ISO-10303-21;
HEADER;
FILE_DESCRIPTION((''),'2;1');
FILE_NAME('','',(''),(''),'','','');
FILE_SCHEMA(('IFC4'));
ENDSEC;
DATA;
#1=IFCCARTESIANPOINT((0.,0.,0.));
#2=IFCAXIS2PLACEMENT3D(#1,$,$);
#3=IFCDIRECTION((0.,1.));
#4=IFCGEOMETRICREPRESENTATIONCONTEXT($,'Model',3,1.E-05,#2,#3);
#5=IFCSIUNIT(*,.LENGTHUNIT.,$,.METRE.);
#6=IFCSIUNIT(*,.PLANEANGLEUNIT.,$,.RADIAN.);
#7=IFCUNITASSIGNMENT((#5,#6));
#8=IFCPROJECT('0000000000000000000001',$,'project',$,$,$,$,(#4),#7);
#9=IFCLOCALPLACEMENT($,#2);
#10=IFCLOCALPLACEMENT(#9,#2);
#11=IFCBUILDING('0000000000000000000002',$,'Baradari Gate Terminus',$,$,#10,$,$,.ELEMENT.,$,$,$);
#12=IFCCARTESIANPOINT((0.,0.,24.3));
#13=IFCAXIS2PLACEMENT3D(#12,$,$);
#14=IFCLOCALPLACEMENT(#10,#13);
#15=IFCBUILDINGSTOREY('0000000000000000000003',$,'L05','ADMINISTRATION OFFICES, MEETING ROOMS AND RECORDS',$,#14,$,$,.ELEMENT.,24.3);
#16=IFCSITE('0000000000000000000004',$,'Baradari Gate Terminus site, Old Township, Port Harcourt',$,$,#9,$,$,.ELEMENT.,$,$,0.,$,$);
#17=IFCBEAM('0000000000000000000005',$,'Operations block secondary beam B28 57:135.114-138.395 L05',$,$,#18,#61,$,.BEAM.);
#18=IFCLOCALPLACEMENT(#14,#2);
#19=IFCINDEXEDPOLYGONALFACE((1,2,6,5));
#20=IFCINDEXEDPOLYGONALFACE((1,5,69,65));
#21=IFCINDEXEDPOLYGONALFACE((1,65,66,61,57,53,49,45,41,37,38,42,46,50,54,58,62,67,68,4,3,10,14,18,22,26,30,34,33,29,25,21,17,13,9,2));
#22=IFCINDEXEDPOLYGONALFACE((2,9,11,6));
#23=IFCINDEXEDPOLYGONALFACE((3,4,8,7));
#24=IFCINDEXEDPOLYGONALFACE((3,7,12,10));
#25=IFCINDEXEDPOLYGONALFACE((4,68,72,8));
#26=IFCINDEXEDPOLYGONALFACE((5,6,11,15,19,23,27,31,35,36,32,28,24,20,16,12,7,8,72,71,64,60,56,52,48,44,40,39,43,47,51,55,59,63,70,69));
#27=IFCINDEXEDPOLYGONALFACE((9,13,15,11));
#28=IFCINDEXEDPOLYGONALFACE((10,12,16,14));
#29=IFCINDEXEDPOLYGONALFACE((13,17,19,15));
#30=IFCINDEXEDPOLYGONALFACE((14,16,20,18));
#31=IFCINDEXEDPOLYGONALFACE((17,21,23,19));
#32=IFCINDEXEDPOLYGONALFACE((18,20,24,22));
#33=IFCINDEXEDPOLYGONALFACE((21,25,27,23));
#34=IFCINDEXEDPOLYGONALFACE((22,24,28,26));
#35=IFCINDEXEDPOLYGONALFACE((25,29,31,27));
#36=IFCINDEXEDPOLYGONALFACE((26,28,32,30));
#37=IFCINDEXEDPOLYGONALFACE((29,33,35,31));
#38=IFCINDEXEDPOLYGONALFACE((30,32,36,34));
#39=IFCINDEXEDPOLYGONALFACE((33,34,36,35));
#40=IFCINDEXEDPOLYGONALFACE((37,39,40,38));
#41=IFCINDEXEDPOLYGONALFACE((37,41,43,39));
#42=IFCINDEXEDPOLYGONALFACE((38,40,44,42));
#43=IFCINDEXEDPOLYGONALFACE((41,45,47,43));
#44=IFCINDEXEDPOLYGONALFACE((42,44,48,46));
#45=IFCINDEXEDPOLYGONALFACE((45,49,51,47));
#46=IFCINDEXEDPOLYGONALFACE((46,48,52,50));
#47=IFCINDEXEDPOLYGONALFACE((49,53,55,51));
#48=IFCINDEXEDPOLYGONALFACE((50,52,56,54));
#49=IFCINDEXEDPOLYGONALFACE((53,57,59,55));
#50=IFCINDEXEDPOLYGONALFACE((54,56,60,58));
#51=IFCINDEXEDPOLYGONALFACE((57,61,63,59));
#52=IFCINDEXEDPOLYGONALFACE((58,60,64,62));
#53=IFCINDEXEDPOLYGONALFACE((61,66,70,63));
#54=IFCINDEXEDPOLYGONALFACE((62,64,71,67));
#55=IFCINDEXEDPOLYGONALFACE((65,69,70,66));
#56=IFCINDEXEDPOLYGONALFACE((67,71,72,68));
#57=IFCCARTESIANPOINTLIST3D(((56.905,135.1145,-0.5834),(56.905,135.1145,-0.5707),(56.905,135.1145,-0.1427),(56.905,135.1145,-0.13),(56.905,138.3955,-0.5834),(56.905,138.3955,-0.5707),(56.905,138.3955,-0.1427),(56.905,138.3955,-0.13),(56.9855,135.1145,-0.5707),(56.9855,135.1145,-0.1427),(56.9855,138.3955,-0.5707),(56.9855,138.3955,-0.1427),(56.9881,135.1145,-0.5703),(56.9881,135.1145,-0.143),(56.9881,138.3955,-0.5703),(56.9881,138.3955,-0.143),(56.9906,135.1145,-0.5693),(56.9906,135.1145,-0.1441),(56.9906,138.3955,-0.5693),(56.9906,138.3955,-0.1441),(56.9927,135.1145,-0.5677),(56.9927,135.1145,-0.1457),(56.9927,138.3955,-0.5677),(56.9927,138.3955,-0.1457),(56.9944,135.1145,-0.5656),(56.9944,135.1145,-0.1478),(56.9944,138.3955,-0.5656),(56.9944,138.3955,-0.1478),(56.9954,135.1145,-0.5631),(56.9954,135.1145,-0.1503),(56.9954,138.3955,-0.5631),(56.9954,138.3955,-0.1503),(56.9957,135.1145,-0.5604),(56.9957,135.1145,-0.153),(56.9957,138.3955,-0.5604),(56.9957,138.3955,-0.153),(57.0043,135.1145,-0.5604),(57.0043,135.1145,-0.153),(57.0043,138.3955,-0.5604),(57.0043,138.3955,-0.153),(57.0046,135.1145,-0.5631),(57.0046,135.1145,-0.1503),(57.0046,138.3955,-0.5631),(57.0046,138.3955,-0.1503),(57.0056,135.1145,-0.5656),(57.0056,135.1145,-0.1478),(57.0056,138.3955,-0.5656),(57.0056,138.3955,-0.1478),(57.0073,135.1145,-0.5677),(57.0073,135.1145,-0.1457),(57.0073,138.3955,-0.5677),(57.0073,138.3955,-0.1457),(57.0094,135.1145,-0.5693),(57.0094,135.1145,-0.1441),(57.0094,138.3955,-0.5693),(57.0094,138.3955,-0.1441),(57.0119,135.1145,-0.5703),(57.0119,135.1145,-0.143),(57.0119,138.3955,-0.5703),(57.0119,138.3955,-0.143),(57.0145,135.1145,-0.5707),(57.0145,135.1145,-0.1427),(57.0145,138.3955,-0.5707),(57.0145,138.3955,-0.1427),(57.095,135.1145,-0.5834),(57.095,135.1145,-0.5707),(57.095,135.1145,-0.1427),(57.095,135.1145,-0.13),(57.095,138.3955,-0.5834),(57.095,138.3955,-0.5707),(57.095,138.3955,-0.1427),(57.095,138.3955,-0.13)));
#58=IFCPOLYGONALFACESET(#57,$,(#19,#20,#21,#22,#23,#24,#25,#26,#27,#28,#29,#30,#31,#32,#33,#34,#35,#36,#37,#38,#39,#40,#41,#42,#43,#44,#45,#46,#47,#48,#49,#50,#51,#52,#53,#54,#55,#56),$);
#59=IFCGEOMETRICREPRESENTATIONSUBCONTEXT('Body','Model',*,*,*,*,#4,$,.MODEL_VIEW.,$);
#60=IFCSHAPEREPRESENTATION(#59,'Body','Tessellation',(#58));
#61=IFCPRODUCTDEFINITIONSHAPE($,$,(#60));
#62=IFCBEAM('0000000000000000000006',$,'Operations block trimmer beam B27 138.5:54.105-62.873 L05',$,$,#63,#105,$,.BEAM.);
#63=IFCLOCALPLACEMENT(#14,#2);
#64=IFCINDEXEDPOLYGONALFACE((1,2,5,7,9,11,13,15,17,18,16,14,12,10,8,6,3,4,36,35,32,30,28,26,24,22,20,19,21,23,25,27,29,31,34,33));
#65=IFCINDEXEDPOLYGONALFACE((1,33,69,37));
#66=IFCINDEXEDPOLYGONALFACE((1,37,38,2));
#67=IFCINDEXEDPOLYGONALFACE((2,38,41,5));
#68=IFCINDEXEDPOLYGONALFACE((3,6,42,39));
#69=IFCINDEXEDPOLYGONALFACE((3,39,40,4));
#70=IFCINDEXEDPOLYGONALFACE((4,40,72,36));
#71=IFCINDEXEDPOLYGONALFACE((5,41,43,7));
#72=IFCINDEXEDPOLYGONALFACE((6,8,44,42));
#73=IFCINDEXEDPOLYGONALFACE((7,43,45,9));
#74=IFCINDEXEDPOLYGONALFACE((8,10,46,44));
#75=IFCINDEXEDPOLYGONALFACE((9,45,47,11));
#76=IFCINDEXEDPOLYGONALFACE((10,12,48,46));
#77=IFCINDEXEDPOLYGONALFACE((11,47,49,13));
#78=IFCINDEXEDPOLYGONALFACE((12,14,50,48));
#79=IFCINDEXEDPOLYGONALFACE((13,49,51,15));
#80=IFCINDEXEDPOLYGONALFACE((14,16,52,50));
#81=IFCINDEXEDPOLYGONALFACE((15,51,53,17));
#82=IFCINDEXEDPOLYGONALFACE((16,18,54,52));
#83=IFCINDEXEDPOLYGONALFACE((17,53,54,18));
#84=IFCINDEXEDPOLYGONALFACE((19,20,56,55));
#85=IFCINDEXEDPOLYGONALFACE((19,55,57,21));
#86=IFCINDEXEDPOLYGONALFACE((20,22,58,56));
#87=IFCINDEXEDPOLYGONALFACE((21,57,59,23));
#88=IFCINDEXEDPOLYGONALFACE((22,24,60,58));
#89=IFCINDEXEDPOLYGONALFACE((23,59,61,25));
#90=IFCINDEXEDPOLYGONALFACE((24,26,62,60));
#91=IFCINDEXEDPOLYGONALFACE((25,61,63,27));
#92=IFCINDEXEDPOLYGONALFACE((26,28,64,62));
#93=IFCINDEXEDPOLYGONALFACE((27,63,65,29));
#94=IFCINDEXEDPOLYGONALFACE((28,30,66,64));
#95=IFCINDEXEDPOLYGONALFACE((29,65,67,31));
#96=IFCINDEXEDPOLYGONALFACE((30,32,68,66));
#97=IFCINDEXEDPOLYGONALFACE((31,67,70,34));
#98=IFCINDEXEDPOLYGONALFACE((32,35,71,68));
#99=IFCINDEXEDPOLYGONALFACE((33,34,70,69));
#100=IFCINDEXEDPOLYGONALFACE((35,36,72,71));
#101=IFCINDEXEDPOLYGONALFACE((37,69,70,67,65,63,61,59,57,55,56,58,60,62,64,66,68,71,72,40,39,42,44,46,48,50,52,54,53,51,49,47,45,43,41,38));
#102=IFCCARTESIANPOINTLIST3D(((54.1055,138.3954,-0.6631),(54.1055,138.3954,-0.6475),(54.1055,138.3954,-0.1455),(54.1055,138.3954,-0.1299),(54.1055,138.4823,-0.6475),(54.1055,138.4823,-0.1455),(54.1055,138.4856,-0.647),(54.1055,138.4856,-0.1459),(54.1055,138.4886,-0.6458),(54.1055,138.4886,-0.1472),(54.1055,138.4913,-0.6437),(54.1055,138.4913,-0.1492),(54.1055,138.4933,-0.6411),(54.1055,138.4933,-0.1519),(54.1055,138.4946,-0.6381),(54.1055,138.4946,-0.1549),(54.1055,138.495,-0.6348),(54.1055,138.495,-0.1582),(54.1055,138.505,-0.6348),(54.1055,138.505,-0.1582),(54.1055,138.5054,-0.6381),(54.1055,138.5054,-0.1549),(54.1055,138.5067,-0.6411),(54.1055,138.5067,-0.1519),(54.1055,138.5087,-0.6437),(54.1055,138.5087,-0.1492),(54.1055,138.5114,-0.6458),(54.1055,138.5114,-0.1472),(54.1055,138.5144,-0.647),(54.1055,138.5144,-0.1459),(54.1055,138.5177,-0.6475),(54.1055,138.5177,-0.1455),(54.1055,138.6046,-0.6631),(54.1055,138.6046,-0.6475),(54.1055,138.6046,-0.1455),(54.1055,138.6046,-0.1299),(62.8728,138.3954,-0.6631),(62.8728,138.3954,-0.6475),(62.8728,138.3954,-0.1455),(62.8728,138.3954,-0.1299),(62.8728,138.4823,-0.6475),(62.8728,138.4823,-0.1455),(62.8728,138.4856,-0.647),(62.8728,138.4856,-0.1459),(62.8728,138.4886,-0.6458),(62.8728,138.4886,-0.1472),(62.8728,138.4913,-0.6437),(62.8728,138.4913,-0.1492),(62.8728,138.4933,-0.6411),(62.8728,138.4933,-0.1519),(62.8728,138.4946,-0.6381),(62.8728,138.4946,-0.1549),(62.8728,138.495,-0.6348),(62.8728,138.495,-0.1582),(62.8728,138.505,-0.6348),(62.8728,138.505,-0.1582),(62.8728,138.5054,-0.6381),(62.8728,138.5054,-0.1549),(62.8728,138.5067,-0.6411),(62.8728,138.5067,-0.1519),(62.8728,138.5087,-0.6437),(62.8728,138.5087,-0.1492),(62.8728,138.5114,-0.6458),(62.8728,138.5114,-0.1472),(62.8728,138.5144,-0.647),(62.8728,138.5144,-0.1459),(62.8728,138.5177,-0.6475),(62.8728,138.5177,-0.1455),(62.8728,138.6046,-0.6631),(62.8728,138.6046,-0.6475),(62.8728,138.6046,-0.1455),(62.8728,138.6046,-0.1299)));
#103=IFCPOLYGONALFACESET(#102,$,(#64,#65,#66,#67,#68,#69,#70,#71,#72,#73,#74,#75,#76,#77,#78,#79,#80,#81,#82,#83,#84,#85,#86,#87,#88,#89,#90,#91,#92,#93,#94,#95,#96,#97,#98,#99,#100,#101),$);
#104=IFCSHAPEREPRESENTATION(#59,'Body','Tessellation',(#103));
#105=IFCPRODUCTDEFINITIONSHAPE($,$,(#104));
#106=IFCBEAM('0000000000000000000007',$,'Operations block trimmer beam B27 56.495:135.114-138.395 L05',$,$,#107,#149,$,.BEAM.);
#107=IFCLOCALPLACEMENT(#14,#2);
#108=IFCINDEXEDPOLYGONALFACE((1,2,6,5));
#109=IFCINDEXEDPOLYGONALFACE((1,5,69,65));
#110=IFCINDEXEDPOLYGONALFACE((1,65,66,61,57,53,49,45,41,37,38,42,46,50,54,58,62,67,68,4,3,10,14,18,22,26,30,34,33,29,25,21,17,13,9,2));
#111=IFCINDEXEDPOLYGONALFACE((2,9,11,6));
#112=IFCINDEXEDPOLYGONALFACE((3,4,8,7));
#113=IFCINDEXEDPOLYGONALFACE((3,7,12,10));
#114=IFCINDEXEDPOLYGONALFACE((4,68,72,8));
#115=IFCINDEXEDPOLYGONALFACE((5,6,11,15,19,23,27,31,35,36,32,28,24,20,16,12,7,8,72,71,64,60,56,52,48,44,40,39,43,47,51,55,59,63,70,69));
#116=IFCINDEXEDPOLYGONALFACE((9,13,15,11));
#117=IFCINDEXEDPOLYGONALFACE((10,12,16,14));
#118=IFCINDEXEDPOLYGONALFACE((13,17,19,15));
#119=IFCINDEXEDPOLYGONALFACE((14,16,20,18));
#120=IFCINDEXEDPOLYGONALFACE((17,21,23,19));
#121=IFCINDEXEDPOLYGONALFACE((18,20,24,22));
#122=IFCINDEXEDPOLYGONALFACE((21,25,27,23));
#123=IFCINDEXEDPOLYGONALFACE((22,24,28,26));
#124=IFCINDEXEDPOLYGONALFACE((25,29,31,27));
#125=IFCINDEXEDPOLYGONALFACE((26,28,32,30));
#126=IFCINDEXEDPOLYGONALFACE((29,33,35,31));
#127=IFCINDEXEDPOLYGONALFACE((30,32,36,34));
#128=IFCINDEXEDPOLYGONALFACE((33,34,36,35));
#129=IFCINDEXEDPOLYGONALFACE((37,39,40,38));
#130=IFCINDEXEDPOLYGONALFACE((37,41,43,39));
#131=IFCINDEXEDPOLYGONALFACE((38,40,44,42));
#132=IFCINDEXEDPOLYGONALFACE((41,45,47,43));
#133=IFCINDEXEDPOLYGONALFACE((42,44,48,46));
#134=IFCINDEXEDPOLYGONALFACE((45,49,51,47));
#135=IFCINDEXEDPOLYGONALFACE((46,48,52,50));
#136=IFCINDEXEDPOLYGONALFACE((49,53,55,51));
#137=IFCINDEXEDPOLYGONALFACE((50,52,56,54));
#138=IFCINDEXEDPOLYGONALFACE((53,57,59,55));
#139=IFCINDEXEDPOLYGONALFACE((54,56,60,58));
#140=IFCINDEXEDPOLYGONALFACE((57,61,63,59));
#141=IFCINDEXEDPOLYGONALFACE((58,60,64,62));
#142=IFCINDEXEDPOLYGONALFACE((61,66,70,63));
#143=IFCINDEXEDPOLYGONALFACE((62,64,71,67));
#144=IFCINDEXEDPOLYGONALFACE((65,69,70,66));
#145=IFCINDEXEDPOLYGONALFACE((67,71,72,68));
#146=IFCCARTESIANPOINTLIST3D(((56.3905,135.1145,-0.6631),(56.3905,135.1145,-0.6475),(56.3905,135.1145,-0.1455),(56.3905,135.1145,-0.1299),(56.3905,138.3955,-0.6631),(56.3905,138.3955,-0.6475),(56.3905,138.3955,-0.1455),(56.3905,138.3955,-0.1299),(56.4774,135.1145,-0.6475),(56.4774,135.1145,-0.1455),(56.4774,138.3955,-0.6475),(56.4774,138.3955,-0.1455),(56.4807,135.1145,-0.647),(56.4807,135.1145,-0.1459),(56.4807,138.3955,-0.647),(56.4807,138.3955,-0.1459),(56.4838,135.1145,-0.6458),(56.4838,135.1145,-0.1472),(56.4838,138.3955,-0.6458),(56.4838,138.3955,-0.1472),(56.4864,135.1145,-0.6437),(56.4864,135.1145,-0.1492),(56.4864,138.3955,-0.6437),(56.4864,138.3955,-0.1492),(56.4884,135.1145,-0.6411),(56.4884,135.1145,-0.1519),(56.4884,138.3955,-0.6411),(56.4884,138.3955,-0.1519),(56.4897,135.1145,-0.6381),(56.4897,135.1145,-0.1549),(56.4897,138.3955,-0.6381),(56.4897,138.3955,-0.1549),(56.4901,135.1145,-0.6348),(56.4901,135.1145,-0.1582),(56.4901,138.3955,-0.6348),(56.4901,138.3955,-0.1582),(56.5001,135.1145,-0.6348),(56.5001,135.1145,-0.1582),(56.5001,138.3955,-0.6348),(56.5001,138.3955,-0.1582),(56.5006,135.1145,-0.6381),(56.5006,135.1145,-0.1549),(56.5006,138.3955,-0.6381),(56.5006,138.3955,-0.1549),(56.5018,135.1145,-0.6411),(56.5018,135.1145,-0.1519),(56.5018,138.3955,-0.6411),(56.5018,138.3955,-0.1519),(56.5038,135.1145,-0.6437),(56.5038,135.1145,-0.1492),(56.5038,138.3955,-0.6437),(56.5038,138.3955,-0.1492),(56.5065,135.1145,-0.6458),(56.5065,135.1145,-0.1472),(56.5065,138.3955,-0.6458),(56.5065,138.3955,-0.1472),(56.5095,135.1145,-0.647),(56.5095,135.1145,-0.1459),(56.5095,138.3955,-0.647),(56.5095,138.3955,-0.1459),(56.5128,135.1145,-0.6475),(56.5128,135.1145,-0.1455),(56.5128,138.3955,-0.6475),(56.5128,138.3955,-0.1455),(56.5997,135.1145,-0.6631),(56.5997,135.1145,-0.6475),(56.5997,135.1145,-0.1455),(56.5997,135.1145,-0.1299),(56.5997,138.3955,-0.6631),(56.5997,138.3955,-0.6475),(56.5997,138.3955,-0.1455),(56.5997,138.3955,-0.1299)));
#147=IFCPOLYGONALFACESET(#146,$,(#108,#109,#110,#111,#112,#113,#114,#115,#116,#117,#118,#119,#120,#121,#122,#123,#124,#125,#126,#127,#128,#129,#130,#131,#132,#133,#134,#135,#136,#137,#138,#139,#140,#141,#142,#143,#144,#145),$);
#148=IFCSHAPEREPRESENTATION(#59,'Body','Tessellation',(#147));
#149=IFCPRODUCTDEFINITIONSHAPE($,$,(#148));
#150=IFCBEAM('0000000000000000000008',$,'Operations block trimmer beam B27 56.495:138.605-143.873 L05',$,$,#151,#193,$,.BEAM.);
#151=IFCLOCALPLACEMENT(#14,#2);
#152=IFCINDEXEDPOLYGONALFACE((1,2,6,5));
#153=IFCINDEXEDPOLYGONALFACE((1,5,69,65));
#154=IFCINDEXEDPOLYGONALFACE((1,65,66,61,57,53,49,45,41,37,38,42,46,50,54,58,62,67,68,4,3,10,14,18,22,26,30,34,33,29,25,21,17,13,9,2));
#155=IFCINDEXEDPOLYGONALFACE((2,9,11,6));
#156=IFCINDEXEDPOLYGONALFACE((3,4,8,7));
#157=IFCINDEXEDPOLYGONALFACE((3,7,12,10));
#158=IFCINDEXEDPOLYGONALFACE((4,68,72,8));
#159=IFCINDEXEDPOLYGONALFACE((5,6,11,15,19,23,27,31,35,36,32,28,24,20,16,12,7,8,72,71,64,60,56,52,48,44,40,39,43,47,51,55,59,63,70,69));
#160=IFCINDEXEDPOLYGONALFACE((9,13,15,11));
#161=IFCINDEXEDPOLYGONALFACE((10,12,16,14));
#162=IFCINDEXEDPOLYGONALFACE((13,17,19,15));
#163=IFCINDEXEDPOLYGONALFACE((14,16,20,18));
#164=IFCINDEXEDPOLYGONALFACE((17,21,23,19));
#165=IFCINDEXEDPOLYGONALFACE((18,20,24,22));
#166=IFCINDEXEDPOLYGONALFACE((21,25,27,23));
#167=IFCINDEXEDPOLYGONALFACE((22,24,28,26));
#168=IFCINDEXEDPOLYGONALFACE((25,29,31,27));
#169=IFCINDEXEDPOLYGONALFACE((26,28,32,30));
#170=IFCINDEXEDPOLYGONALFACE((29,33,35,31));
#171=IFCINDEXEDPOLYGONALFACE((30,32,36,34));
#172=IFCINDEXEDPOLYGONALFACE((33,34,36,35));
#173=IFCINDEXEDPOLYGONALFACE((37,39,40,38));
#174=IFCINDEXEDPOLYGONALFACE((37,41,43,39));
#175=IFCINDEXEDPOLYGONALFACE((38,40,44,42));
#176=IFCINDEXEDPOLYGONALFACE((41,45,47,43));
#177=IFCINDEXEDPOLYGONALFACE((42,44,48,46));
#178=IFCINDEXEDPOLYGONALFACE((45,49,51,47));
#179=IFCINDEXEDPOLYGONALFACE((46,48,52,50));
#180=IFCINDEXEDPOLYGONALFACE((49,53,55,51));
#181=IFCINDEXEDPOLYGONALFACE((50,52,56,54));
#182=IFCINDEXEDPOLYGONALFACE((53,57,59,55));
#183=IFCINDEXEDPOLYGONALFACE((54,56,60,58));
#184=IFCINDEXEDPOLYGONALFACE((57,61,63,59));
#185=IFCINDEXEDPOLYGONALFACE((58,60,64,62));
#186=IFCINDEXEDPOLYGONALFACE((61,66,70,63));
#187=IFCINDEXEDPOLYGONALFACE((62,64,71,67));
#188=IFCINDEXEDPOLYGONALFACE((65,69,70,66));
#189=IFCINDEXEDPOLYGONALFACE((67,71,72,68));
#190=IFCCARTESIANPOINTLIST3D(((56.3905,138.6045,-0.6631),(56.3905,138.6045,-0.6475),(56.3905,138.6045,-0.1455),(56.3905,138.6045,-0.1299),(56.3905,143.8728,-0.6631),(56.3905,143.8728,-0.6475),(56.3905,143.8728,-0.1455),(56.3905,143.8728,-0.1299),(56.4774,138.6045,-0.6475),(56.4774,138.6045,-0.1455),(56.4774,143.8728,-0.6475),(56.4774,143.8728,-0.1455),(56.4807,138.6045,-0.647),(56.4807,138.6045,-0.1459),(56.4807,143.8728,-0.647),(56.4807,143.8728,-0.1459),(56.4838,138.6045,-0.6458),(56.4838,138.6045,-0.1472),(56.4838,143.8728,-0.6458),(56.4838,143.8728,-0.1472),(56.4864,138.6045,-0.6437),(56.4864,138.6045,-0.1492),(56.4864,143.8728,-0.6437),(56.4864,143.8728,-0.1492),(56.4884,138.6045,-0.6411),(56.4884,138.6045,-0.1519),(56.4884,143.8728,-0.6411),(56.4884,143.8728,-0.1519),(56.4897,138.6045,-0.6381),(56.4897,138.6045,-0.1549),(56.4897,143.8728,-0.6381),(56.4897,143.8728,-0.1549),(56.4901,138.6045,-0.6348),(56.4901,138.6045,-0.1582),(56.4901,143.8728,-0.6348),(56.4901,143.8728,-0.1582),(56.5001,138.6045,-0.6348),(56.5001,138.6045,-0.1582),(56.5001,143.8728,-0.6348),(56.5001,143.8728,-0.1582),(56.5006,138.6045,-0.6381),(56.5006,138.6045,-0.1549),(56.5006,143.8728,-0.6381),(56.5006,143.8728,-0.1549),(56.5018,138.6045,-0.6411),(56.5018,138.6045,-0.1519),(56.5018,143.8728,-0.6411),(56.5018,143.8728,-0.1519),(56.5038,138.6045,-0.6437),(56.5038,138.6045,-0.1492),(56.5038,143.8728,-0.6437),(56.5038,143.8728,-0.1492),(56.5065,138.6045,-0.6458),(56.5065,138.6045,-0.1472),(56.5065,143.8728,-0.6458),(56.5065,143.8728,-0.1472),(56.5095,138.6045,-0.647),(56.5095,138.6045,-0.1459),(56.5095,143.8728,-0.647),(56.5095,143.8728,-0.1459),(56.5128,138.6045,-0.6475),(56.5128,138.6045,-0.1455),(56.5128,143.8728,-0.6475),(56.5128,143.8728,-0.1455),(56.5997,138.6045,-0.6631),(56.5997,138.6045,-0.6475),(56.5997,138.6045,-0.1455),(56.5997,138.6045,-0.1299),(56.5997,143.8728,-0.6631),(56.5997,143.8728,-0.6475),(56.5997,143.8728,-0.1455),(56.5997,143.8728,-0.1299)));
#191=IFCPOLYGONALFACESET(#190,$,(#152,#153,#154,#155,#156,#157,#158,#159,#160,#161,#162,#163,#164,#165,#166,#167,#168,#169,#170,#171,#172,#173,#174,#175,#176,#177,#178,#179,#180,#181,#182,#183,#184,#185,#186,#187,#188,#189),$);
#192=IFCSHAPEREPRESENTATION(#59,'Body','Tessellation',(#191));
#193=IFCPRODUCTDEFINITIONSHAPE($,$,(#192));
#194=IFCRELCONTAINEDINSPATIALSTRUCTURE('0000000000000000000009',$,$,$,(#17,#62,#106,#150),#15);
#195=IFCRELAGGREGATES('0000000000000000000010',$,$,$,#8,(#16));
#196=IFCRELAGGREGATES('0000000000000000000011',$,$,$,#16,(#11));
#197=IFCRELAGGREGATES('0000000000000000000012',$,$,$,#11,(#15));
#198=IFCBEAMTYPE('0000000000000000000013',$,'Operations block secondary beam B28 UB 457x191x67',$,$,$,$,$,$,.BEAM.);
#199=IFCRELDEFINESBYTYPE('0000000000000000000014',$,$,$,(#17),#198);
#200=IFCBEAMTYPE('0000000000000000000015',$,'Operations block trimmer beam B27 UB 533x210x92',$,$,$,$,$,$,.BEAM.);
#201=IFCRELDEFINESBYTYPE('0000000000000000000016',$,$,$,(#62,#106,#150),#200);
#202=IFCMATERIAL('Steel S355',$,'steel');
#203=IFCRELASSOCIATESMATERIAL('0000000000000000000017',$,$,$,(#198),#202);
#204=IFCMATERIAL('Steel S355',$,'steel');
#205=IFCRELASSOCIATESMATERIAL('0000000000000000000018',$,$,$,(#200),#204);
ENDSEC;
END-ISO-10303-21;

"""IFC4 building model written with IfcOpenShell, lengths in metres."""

from ifc_helpers import new_model, si_unit, direction, frame, origin, origin_2d, place, context, subcontext, project, spatial, i_section, extrude, material, material_profile, profile_set, type_object, element, save


model = new_model("IFC4")

# Units and contexts
model_context = context("Model", 3, precision=1e-05, world=origin(), true_north=direction((0.0, 1.0)))
body_context = subcontext(model_context, "Body", "Model", "MODEL_VIEW")
ifc_project = project(units=[si_unit("LENGTHUNIT", "METRE"), si_unit("PLANEANGLEUNIT", "RADIAN")], contexts=[model_context])

# Site, building, storey
site_placement = place(None, origin())
site = spatial("IfcSite", under=ifc_project, at=site_placement, Name="Baradari Gate Terminus site, Old Township, Port Harcourt", CompositionType="ELEMENT", RefElevation=0.0)
building_placement = place(site_placement, origin())
building = spatial("IfcBuilding", under=site, at=building_placement, Name="Baradari Gate Terminus", CompositionType="ELEMENT")
storey_placement = place(building_placement, frame((0.0, 0.0, 24.3)))
storey = spatial("IfcBuildingStorey", under=building, at=storey_placement, Name="L05", Description="ADMINISTRATION OFFICES, MEETING ROOMS AND RECORDS", CompositionType="ELEMENT", Elevation=24.3)

# Beams
ifc_material_1 = material(Name="Steel S355", Category="steel")
ifc_material_profile_1 = material_profile(ifc_material_1, i_section(OverallWidth=0.1899, OverallDepth=0.4534, WebThickness=0.0085, FlangeThickness=0.0127, FilletRadius=0.0103, at=origin_2d()), Name="UB 457x191x67")
ifc_profile_set_1 = profile_set([ifc_material_profile_1], Name="Steel S355")
beam_type_1 = type_object("IfcBeamType", Name="Operations block secondary beam B28 UB 457x191x67", PredefinedType="BEAM", material=ifc_profile_set_1)
beam_1_placement = place(storey_placement, frame((57.0, 135.1145, -0.3567), z_axis=(0.0, 1.0, 0.0), x_axis=(-1.0, 0.0, 0.0)))
element("IfcBeam", 1, at=beam_1_placement, inside=storey, type_object=beam_type_1, Name="Operations block secondary beam B28 57:135.114-138.395 L05", PredefinedType="BEAM", context=body_context, shape_type="SweptSolid", body=[
    extrude(i_section(OverallWidth=0.1899, OverallDepth=0.4534, WebThickness=0.0085, FlangeThickness=0.0127, FilletRadius=0.0103, at=origin_2d()), origin(), (0.0, 0.0, 1.0), 3.281),
])
ifc_material_2 = material(Name="Steel S355", Category="steel")
ifc_material_profile_2 = material_profile(ifc_material_2, i_section(OverallWidth=0.2092, OverallDepth=0.5332, WebThickness=0.01, FlangeThickness=0.0156, FilletRadius=0.0127, at=origin_2d()), Name="UB 533x210x92")
ifc_profile_set_2 = profile_set([ifc_material_profile_2], Name="Steel S355")
beam_type_2 = type_object("IfcBeamType", Name="Operations block trimmer beam B27 UB 533x210x92", PredefinedType="BEAM", material=ifc_profile_set_2)
beam_2_placement = place(storey_placement, frame((54.1055, 138.5, -0.3965), z_axis=(1.0, 0.0, 0.0), x_axis=(0.0, 1.0, 0.0)))
element("IfcBeam", 2, at=beam_2_placement, inside=storey, type_object=beam_type_2, Name="Operations block trimmer beam B27 138.5:54.105-62.873 L05", PredefinedType="BEAM", context=body_context, shape_type="SweptSolid", body=[
    extrude(i_section(OverallWidth=0.2092, OverallDepth=0.5332, WebThickness=0.01, FlangeThickness=0.0156, FilletRadius=0.0127, at=origin_2d()), origin(), (0.0, 0.0, 1.0), 8.7673),
])
beam_3_placement = place(storey_placement, frame((56.4951, 135.1145, -0.3965), z_axis=(0.0, 1.0, 0.0), x_axis=(-1.0, 0.0, 0.0)))
element("IfcBeam", 3, at=beam_3_placement, inside=storey, type_object=beam_type_2, Name="Operations block trimmer beam B27 56.495:135.114-138.395 L05", PredefinedType="BEAM", context=body_context, shape_type="SweptSolid", body=[
    extrude(i_section(OverallWidth=0.2092, OverallDepth=0.5332, WebThickness=0.01, FlangeThickness=0.0156, FilletRadius=0.0127, at=origin_2d()), origin(), (0.0, 0.0, 1.0), 3.281),
])
beam_4_placement = place(storey_placement, frame((56.4951, 138.6045, -0.3965), z_axis=(0.0, 1.0, 0.0), x_axis=(-1.0, 0.0, 0.0)))
element("IfcBeam", 4, at=beam_4_placement, inside=storey, type_object=beam_type_2, Name="Operations block trimmer beam B27 56.495:138.605-143.873 L05", PredefinedType="BEAM", context=body_context, shape_type="SweptSolid", body=[
    extrude(i_section(OverallWidth=0.2092, OverallDepth=0.5332, WebThickness=0.01, FlangeThickness=0.0156, FilletRadius=0.0127, at=origin_2d()), origin(), (0.0, 0.0, 1.0), 5.2683),
])

save(model, "model.ifc")
